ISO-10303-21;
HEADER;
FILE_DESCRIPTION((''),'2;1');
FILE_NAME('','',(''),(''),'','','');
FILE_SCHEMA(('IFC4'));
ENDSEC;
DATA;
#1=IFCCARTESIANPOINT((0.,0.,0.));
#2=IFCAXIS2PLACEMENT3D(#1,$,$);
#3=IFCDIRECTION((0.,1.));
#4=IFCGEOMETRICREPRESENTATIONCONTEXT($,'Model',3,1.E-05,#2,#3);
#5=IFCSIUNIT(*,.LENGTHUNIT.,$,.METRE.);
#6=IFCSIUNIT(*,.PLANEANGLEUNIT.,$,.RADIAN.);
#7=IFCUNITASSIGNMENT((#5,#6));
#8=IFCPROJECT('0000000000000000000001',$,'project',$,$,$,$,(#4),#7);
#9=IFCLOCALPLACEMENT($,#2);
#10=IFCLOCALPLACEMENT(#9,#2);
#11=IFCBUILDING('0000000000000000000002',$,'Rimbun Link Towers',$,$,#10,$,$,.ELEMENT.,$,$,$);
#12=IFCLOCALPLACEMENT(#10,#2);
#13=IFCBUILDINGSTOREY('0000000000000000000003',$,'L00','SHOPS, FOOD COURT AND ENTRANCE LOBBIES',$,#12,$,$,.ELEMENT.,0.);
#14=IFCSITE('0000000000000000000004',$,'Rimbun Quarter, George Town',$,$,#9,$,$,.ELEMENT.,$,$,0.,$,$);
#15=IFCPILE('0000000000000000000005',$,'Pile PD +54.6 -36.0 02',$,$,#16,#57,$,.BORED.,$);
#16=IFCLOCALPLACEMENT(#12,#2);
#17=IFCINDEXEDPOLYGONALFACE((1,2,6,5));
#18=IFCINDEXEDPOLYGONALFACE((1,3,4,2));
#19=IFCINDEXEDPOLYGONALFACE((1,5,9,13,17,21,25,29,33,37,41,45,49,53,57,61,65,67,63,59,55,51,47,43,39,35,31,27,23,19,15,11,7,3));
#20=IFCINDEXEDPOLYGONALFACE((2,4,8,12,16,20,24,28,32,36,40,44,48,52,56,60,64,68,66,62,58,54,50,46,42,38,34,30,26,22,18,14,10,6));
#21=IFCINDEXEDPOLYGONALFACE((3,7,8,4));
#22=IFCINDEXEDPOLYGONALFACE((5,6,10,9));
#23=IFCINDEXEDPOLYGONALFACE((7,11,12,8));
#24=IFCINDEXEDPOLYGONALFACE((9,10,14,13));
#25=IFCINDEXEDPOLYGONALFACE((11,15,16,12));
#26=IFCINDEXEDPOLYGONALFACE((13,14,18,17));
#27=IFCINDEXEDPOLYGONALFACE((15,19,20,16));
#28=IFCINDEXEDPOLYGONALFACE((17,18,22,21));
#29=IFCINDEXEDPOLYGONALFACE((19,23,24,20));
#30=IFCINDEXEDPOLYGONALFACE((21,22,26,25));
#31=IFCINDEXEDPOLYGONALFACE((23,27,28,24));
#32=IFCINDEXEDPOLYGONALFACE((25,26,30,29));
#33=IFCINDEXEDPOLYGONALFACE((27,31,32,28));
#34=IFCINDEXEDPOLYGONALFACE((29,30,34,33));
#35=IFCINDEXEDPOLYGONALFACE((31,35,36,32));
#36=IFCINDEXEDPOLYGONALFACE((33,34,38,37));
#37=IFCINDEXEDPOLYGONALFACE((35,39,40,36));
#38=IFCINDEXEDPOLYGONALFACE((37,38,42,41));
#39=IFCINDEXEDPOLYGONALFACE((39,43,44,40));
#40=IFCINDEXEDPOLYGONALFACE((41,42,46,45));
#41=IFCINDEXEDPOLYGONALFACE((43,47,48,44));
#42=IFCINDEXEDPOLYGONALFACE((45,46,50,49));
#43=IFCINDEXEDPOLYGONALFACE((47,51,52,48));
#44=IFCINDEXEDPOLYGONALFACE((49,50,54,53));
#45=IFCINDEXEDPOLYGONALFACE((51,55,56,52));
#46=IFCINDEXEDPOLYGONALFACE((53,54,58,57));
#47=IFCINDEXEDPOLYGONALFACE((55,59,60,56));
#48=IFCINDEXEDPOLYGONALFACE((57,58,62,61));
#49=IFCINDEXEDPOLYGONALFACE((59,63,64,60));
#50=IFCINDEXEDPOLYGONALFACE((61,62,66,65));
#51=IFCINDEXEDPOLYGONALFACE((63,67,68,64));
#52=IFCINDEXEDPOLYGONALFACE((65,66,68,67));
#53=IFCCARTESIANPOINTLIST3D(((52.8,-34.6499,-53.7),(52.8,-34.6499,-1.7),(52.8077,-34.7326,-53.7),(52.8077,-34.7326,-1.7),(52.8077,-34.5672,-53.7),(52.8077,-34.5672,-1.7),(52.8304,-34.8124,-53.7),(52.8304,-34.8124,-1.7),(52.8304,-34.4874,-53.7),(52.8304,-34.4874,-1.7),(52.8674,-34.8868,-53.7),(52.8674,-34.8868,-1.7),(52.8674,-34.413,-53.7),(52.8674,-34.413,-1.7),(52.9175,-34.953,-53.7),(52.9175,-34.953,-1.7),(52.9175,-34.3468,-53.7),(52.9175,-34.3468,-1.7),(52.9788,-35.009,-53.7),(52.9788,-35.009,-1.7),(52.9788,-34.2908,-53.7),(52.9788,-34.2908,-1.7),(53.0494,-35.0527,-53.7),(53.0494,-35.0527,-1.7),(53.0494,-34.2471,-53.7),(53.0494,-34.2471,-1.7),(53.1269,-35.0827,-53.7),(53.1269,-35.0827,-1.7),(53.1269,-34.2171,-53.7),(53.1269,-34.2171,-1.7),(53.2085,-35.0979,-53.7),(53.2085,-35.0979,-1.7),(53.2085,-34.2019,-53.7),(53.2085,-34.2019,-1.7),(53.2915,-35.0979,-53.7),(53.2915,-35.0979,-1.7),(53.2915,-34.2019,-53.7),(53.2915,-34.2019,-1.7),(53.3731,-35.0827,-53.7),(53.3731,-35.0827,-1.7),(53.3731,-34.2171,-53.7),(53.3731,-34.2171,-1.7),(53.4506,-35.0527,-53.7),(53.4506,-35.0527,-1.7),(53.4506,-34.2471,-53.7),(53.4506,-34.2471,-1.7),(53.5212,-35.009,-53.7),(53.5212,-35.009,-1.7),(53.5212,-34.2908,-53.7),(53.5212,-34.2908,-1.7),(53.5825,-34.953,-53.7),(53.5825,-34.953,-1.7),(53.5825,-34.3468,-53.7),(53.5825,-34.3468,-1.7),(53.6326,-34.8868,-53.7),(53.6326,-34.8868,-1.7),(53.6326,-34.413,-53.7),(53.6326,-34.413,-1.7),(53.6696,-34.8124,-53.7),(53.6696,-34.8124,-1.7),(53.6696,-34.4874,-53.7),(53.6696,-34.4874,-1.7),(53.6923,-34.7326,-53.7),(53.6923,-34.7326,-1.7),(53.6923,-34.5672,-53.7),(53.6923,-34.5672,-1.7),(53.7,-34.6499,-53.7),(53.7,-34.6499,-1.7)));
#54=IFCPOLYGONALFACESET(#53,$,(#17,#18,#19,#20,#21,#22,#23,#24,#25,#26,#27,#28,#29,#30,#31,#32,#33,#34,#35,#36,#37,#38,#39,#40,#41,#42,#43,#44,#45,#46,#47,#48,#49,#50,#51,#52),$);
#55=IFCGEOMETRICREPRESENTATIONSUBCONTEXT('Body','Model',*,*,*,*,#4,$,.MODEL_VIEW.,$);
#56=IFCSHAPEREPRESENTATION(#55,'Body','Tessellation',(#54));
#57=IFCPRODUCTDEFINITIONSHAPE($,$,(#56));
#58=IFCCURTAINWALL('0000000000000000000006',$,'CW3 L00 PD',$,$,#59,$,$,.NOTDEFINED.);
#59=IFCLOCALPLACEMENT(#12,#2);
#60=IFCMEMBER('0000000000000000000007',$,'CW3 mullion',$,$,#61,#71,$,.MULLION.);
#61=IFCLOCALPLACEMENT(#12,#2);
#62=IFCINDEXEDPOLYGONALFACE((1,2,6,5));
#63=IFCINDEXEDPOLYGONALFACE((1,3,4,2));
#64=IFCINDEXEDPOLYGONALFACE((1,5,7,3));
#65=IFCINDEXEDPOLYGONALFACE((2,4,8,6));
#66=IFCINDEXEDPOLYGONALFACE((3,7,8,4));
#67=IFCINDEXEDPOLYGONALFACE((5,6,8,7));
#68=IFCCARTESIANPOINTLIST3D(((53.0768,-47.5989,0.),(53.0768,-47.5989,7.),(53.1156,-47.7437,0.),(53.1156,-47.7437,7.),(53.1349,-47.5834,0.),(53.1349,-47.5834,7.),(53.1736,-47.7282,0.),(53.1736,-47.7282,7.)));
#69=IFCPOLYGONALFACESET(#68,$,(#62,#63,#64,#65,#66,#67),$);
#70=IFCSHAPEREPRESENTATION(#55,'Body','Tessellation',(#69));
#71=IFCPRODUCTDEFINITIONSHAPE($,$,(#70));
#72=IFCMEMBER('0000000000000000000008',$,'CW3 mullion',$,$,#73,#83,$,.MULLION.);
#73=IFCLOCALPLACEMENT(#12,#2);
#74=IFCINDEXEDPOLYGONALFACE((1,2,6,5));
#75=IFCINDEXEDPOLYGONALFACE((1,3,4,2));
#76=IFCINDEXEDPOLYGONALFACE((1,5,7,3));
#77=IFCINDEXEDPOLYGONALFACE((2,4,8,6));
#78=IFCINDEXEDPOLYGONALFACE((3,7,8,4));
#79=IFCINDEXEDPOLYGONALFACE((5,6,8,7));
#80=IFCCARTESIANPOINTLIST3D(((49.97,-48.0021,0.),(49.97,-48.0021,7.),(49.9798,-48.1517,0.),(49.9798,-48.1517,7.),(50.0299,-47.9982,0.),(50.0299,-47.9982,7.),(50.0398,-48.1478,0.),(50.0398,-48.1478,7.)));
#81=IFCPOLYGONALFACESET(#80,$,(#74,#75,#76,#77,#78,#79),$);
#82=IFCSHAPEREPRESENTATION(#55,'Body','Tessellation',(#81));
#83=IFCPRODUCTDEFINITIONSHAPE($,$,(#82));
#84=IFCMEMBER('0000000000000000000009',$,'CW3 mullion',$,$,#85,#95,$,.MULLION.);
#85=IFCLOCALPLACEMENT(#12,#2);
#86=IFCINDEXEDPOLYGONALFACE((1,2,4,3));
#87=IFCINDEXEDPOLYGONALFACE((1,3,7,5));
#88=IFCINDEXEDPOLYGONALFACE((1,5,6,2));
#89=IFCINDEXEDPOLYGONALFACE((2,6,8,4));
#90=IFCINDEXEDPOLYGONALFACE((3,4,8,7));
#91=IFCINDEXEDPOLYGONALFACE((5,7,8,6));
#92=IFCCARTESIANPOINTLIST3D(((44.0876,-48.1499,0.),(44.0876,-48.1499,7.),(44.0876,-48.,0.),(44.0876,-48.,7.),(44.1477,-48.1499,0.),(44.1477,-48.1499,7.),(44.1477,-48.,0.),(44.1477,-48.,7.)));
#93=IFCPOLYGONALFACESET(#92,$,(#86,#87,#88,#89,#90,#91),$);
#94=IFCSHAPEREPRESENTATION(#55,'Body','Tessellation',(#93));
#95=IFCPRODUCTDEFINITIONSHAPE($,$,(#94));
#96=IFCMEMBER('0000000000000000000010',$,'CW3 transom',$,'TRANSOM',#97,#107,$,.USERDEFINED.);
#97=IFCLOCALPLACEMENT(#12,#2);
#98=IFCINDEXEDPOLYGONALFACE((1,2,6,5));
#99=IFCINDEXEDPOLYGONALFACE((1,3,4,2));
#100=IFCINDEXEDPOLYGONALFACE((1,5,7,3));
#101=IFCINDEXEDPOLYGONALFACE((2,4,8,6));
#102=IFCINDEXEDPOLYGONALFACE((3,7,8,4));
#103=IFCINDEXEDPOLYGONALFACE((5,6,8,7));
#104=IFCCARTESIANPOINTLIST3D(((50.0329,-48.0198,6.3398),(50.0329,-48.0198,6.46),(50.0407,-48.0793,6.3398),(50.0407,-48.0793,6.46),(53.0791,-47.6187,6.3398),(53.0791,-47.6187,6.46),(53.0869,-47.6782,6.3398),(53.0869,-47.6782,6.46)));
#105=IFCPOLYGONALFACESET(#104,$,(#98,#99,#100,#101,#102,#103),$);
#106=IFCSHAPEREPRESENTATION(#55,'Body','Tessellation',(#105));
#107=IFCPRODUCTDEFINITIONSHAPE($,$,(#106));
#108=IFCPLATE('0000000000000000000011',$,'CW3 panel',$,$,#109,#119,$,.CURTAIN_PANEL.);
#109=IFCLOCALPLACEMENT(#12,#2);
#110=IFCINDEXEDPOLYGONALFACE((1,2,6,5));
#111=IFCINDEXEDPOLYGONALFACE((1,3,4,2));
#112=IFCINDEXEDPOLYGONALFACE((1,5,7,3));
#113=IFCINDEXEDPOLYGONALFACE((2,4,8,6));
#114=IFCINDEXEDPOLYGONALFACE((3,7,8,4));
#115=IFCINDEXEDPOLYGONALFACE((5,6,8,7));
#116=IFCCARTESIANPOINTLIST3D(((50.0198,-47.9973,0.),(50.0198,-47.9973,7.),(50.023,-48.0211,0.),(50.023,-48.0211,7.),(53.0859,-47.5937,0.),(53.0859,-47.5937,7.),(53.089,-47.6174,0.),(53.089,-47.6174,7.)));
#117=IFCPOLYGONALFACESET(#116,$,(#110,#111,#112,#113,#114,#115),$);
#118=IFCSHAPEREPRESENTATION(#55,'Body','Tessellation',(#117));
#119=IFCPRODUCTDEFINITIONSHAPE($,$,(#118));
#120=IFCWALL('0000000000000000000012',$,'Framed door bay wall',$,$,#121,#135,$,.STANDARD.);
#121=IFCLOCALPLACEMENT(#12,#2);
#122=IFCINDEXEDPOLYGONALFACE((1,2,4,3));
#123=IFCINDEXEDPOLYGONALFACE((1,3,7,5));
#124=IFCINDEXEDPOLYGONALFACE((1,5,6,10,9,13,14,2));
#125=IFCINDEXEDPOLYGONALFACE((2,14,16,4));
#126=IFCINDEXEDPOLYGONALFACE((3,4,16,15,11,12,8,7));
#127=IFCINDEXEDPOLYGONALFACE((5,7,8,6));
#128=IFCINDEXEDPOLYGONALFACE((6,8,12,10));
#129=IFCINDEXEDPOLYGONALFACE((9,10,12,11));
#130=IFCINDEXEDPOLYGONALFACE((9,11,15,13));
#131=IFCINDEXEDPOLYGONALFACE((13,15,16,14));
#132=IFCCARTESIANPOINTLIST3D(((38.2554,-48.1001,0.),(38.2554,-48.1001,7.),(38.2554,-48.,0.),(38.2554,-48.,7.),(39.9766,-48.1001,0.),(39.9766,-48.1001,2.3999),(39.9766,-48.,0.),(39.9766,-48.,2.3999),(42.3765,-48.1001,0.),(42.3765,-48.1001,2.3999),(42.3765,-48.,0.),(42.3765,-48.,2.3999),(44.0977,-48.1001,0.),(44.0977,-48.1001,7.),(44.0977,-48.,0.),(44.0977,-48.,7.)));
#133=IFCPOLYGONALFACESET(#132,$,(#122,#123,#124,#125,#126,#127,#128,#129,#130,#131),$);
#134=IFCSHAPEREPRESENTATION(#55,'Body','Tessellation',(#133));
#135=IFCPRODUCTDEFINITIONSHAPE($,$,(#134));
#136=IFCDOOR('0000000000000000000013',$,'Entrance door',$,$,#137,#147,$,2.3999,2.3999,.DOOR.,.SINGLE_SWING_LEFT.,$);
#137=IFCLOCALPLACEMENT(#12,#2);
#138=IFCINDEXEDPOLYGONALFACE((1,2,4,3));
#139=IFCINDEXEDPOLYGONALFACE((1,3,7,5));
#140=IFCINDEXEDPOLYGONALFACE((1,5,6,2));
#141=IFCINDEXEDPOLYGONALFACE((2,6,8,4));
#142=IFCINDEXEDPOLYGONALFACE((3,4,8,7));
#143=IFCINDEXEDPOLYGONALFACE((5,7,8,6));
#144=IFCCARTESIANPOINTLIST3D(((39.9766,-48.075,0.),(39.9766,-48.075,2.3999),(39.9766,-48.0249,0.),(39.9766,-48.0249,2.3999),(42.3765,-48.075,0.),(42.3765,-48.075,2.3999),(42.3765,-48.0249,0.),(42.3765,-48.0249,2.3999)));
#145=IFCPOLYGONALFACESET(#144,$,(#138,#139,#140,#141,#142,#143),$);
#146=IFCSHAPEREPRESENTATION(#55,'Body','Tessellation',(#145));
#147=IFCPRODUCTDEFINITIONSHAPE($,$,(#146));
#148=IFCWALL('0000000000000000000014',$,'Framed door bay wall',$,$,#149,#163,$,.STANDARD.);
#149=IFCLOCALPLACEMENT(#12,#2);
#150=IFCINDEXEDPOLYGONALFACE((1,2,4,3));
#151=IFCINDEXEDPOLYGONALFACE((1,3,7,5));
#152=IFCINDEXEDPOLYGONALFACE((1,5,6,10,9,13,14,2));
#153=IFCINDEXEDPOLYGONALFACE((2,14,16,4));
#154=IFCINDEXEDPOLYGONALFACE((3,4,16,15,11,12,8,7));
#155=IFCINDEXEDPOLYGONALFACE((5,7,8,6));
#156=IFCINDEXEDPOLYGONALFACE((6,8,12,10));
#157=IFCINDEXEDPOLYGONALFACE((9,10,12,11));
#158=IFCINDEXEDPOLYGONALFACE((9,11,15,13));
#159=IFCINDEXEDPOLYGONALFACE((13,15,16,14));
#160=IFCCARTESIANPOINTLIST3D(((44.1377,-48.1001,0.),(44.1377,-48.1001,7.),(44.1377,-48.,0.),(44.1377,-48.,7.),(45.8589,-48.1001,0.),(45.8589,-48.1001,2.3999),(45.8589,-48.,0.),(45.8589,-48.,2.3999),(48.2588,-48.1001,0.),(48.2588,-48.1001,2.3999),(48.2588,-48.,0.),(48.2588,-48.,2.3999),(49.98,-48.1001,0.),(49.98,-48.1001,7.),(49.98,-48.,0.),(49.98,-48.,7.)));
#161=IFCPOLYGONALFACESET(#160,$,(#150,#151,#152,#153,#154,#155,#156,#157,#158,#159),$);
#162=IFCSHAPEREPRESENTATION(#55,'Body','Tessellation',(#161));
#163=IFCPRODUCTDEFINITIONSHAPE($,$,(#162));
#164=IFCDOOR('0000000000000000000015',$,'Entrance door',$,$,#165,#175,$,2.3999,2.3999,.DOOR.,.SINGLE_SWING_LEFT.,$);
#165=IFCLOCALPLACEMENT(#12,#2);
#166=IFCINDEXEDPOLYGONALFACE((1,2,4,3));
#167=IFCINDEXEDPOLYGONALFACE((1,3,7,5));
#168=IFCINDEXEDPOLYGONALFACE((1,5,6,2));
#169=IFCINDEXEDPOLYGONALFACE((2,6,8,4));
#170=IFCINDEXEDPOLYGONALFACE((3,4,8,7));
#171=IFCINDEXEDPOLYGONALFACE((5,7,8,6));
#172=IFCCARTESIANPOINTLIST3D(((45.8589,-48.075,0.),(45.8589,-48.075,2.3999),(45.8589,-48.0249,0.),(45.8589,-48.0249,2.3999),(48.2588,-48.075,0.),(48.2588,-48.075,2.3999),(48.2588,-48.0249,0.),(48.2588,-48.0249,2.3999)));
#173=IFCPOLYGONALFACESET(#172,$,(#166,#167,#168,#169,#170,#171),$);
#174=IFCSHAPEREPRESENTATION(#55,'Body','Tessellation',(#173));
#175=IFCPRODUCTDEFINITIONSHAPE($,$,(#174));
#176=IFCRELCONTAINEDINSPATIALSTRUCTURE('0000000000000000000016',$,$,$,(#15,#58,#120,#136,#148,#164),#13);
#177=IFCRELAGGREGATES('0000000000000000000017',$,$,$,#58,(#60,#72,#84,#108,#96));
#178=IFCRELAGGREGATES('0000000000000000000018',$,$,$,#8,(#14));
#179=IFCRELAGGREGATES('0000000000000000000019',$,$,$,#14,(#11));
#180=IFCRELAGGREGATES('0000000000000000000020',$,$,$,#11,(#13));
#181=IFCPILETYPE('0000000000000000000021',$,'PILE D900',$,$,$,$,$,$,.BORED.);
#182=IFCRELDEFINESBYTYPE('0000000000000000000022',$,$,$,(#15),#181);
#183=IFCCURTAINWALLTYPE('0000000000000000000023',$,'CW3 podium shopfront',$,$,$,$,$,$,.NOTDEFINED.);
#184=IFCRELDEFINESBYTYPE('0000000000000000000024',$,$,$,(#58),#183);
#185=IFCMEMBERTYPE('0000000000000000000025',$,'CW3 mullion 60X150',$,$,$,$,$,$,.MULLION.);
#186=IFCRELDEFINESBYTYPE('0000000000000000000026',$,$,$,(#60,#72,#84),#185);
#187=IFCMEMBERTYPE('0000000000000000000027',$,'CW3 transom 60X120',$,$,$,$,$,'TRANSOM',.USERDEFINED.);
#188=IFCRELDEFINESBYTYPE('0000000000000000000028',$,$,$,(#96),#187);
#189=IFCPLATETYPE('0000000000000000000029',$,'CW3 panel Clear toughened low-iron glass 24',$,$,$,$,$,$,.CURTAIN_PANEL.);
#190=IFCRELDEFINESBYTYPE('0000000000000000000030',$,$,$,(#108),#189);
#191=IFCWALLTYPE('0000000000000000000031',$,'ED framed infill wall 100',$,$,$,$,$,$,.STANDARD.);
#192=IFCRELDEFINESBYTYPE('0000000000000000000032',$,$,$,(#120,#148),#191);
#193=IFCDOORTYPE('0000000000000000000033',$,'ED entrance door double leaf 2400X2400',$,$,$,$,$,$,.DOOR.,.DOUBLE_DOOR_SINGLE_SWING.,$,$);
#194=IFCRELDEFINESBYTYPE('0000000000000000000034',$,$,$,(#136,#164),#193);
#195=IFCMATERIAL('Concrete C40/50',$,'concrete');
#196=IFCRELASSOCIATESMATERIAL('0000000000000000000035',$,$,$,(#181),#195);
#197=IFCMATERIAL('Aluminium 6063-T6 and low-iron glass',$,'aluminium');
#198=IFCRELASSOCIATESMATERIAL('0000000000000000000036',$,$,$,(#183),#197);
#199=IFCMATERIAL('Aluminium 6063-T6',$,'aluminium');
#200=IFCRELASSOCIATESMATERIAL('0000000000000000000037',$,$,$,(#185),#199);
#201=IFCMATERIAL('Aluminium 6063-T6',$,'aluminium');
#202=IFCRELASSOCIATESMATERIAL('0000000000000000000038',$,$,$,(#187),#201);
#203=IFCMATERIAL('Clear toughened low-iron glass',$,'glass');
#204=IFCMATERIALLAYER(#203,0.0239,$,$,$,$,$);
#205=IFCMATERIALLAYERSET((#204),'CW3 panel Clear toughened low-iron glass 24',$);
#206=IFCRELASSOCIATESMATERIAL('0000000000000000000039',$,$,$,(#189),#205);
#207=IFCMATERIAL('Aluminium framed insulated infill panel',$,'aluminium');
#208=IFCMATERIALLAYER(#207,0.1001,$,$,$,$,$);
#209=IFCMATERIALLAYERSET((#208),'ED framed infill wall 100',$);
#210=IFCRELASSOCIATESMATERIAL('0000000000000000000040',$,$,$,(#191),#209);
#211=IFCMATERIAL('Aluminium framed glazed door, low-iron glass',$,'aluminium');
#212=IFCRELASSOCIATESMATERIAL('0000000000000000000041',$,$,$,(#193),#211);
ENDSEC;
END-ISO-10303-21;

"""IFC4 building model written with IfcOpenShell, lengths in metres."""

from ifc_helpers import new_model, si_unit, direction, frame, frame_2d, origin, origin_2d, place, context, subcontext, project, spatial, rectangle, circle, extrude, material, layer, layer_set, material_profile, profile_set, type_object, element, fill, aggregate, save


model = new_model("IFC4")

# Units and contexts
model_context = context("Model", 3, precision=1e-05, world=origin(), true_north=direction((0.0, 1.0)))
body_context = subcontext(model_context, "Body", "Model", "MODEL_VIEW")
ifc_project = project(units=[si_unit("LENGTHUNIT", "METRE"), si_unit("PLANEANGLEUNIT", "RADIAN")], contexts=[model_context])

# Site, building, storey
site_placement = place(None, origin())
site = spatial("IfcSite", under=ifc_project, at=site_placement, Name="Rimbun Quarter, George Town", CompositionType="ELEMENT", RefElevation=0.0)
building_placement = place(site_placement, origin())
building = spatial("IfcBuilding", under=site, at=building_placement, Name="Rimbun Link Towers", CompositionType="ELEMENT")
storey_placement = place(building_placement, origin())
storey = spatial("IfcBuildingStorey", under=building, at=storey_placement, Name="L00", Description="SHOPS, FOOD COURT AND ENTRANCE LOBBIES", CompositionType="ELEMENT", Elevation=0.0)

# Pile
ifc_material_1 = material(Name="Concrete C40/50", Category="concrete")
ifc_material_profile_1 = material_profile(ifc_material_1, circle(Radius=0.45, at=origin_2d()), Name="PILE D900")
ifc_profile_set_1 = profile_set([ifc_material_profile_1], Name="Concrete C40/50")
pile_type = type_object("IfcPileType", Name="PILE D900", PredefinedType="BORED", material=ifc_profile_set_1)
for number, where, z_axis, x_axis, name in (
    (1, (53.25, -34.6499, -1.7), (0.0, 0.0, -1.0), (1.0, 0.0, 0.0), "Pile PD +54.6 -36.0 02"),
):
    element("IfcPile", number, at=place(storey_placement, frame(where, z_axis=z_axis, x_axis=x_axis)), inside=storey, type_object=pile_type, Name=name, PredefinedType="BORED", context=body_context, shape_type="SweptSolid", body=[
        extrude(circle(Radius=0.45, at=origin_2d()), origin(), (0.0, 0.0, 1.0), 52.0),
    ])

# Curtain wall, members, plate
ifc_material_2 = material(Name="Aluminium 6063-T6 and low-iron glass", Category="aluminium")
curtain_wall_type = type_object("IfcCurtainWallType", Name="CW3 podium shopfront", PredefinedType="NOTDEFINED", material=ifc_material_2)
curtain_wall_placement = place(storey_placement, origin())
curtain_wall = element("IfcCurtainWall", 2, at=curtain_wall_placement, inside=storey, type_object=curtain_wall_type, Name="CW3 L00 PD", PredefinedType="NOTDEFINED")
ifc_material_3 = material(Name="Aluminium 6063-T6", Category="aluminium")
ifc_material_profile_2 = material_profile(ifc_material_3, rectangle(XDim=0.1499, YDim=0.0601, at=origin_2d()), Name="MULLION 60X150")
ifc_profile_set_2 = profile_set([ifc_material_profile_2], Name="Aluminium 6063-T6")
member_type_1 = type_object("IfcMemberType", Name="CW3 mullion 60X150", PredefinedType="MULLION", material=ifc_profile_set_2)
member_1_placement = place(storey_placement, frame((53.1252, -47.6636, 0.0), z_axis=(0.0, 0.0, 1.0), x_axis=(0.258819, -0.965926, 0.0)))
member_1 = element("IfcMember", 3, at=member_1_placement, type_object=member_type_1, Name="CW3 mullion", PredefinedType="MULLION", context=body_context, shape_type="SweptSolid", body=[
    extrude(rectangle(XDim=0.1499, YDim=0.0601, at=origin_2d()), origin(), (0.0, 0.0, 1.0), 7.0),
])
member_2_placement = place(storey_placement, frame((50.0049, -48.075, 0.0), z_axis=(0.0, 0.0, 1.0), x_axis=(0.065405, -0.997859, 0.0)))
member_2 = element("IfcMember", 4, at=member_2_placement, type_object=member_type_1, Name="CW3 mullion", PredefinedType="MULLION", context=body_context, shape_type="SweptSolid", body=[
    extrude(rectangle(XDim=0.1499, YDim=0.0601, at=origin_2d()), origin(), (0.0, 0.0, 1.0), 7.0),
])
member_3_placement = place(storey_placement, frame((44.1177, -48.075, 0.0), z_axis=(0.0, 0.0, 1.0), x_axis=(0.0, -1.0, 0.0)))
member_3 = element("IfcMember", 5, at=member_3_placement, type_object=member_type_1, Name="CW3 mullion", PredefinedType="MULLION", context=body_context, shape_type="SweptSolid", body=[
    extrude(rectangle(XDim=0.1499, YDim=0.0601, at=origin_2d()), origin(), (0.0, 0.0, 1.0), 7.0),
])
ifc_material_4 = material(Name="Aluminium 6063-T6", Category="aluminium")
ifc_material_profile_3 = material_profile(ifc_material_4, rectangle(XDim=0.0601, YDim=0.1201, at=origin_2d()), Name="TRANSOM 60X120")
ifc_profile_set_3 = profile_set([ifc_material_profile_3], Name="Aluminium 6063-T6")
member_type_2 = type_object("IfcMemberType", Name="CW3 transom 60X120", ElementType="TRANSOM", PredefinedType="USERDEFINED", material=ifc_profile_set_3)
member_4_placement = place(storey_placement, frame((53.083, -47.6484, 6.3999), z_axis=(-0.991441, -0.130555, 0.0), x_axis=(0.130555, -0.991441, 0.0)))
member_4 = element("IfcMember", 6, at=member_4_placement, type_object=member_type_2, Name="CW3 transom", ObjectType="TRANSOM", PredefinedType="USERDEFINED", context=body_context, shape_type="SweptSolid", body=[
    extrude(rectangle(XDim=0.0601, YDim=0.1201, at=origin_2d()), origin(), (0.0, 0.0, 1.0), 3.0725),
])
ifc_material_5 = material(Name="Clear toughened low-iron glass", Category="glass")
ifc_layer_1 = layer(ifc_material_5, 0.0239)
ifc_layer_set_1 = layer_set([ifc_layer_1], Name="CW3 panel Clear toughened low-iron glass 24")
plate_type = type_object("IfcPlateType", Name="CW3 panel Clear toughened low-iron glass 24", PredefinedType="CURTAIN_PANEL", material=ifc_layer_set_1)
plate_placement = place(storey_placement, frame((51.5544, -47.8074, 0.0), z_axis=(0.0, 0.0, 1.0), x_axis=(-0.991444, -0.13053, 0.0)))
plate = element("IfcPlate", 7, at=plate_placement, type_object=plate_type, Name="CW3 panel", PredefinedType="CURTAIN_PANEL", context=body_context, shape_type="SweptSolid", body=[
    extrude(rectangle(XDim=3.0925, YDim=0.0239, at=origin_2d()), origin(), (0.0, 0.0, 1.0), 7.0),
])
aggregate(curtain_wall, [member_1, member_2, member_3, plate, member_4])

# Walls, openings, doors
ifc_material_6 = material(Name="Aluminium framed insulated infill panel", Category="aluminium")
ifc_layer_2 = layer(ifc_material_6, 0.1001)
ifc_layer_set_2 = layer_set([ifc_layer_2], Name="ED framed infill wall 100")
wall_type_1 = type_object("IfcWallType", Name="ED framed infill wall 100", PredefinedType="STANDARD", material=ifc_layer_set_2)
wall_1_placement = place(storey_placement, frame((44.0977, -48.05, 0.0), z_axis=(0.0, 0.0, 1.0), x_axis=(-1.0, 0.0, 0.0)))
wall_1 = element("IfcWall", 8, at=wall_1_placement, inside=storey, type_object=wall_type_1, Name="Framed door bay wall", PredefinedType="STANDARD", context=body_context, shape_type="SweptSolid", body=[
    extrude(rectangle(XDim=5.8423, YDim=0.1001, at=frame_2d((2.9211, 0.0))), origin(), (0.0, 0.0, 1.0), 7.0),
])
opening_1_placement = place(wall_1_placement, frame((1.7212, 0.0, 0.0)))
opening_1 = element("IfcOpeningElement", 9, at=opening_1_placement, cuts=wall_1, PredefinedType="OPENING", context=body_context, shape_type="SweptSolid", body=[
    extrude(rectangle(XDim=2.3999, YDim=2.3999, at=frame_2d((1.2, 1.2))), frame((0.0, 0.0601, 0.0), z_axis=(0.0, -1.0, 0.0), x_axis=(1.0, 0.0, 0.0)), (0.0, 0.0, 1.0), 0.1201),
])
ifc_material_7 = material(Name="Aluminium framed glazed door, low-iron glass", Category="aluminium")
door_type_1 = type_object("IfcDoorType", Name="ED entrance door double leaf 2400X2400", OperationType="DOUBLE_DOOR_SINGLE_SWING", PredefinedType="DOOR", material=ifc_material_7)
door_1_placement = place(opening_1_placement, origin())
door_1 = element("IfcDoor", 10, at=door_1_placement, inside=storey, type_object=door_type_1, Name="Entrance door", OperationType="SINGLE_SWING_LEFT", OverallHeight=2.3999, OverallWidth=2.3999, PredefinedType="DOOR", context=body_context, shape_type="SweptSolid", body=[
    extrude(rectangle(XDim=2.3999, YDim=2.3999, at=frame_2d((1.2, 1.2))), frame((0.0, 0.0249, 0.0), z_axis=(0.0, -1.0, 0.0), x_axis=(1.0, 0.0, 0.0)), (0.0, 0.0, 1.0), 0.05),
])
fill(opening_1, door_1)
wall_2_placement = place(storey_placement, frame((49.98, -48.05, 0.0), z_axis=(0.0, 0.0, 1.0), x_axis=(-1.0, 0.0, 0.0)))
wall_2 = element("IfcWall", 11, at=wall_2_placement, inside=storey, type_object=wall_type_1, Name="Framed door bay wall", PredefinedType="STANDARD", context=body_context, shape_type="SweptSolid", body=[
    extrude(rectangle(XDim=5.8423, YDim=0.1001, at=frame_2d((2.9211, 0.0))), origin(), (0.0, 0.0, 1.0), 7.0),
])
opening_2_placement = place(wall_2_placement, frame((1.7212, 0.0, 0.0)))
opening_2 = element("IfcOpeningElement", 12, at=opening_2_placement, cuts=wall_2, PredefinedType="OPENING", context=body_context, shape_type="SweptSolid", body=[
    extrude(rectangle(XDim=2.3999, YDim=2.3999, at=frame_2d((1.2, 1.2))), frame((0.0, 0.0601, 0.0), z_axis=(0.0, -1.0, 0.0), x_axis=(1.0, 0.0, 0.0)), (0.0, 0.0, 1.0), 0.1201),
])
door_2_placement = place(opening_2_placement, origin())
door_2 = element("IfcDoor", 13, at=door_2_placement, inside=storey, type_object=door_type_1, Name="Entrance door", OperationType="SINGLE_SWING_LEFT", OverallHeight=2.3999, OverallWidth=2.3999, PredefinedType="DOOR", context=body_context, shape_type="SweptSolid", body=[
    extrude(rectangle(XDim=2.3999, YDim=2.3999, at=frame_2d((1.2, 1.2))), frame((0.0, 0.0249, 0.0), z_axis=(0.0, -1.0, 0.0), x_axis=(1.0, 0.0, 0.0)), (0.0, 0.0, 1.0), 0.05),
])
fill(opening_2, door_2)

save(model, "model.ifc")
